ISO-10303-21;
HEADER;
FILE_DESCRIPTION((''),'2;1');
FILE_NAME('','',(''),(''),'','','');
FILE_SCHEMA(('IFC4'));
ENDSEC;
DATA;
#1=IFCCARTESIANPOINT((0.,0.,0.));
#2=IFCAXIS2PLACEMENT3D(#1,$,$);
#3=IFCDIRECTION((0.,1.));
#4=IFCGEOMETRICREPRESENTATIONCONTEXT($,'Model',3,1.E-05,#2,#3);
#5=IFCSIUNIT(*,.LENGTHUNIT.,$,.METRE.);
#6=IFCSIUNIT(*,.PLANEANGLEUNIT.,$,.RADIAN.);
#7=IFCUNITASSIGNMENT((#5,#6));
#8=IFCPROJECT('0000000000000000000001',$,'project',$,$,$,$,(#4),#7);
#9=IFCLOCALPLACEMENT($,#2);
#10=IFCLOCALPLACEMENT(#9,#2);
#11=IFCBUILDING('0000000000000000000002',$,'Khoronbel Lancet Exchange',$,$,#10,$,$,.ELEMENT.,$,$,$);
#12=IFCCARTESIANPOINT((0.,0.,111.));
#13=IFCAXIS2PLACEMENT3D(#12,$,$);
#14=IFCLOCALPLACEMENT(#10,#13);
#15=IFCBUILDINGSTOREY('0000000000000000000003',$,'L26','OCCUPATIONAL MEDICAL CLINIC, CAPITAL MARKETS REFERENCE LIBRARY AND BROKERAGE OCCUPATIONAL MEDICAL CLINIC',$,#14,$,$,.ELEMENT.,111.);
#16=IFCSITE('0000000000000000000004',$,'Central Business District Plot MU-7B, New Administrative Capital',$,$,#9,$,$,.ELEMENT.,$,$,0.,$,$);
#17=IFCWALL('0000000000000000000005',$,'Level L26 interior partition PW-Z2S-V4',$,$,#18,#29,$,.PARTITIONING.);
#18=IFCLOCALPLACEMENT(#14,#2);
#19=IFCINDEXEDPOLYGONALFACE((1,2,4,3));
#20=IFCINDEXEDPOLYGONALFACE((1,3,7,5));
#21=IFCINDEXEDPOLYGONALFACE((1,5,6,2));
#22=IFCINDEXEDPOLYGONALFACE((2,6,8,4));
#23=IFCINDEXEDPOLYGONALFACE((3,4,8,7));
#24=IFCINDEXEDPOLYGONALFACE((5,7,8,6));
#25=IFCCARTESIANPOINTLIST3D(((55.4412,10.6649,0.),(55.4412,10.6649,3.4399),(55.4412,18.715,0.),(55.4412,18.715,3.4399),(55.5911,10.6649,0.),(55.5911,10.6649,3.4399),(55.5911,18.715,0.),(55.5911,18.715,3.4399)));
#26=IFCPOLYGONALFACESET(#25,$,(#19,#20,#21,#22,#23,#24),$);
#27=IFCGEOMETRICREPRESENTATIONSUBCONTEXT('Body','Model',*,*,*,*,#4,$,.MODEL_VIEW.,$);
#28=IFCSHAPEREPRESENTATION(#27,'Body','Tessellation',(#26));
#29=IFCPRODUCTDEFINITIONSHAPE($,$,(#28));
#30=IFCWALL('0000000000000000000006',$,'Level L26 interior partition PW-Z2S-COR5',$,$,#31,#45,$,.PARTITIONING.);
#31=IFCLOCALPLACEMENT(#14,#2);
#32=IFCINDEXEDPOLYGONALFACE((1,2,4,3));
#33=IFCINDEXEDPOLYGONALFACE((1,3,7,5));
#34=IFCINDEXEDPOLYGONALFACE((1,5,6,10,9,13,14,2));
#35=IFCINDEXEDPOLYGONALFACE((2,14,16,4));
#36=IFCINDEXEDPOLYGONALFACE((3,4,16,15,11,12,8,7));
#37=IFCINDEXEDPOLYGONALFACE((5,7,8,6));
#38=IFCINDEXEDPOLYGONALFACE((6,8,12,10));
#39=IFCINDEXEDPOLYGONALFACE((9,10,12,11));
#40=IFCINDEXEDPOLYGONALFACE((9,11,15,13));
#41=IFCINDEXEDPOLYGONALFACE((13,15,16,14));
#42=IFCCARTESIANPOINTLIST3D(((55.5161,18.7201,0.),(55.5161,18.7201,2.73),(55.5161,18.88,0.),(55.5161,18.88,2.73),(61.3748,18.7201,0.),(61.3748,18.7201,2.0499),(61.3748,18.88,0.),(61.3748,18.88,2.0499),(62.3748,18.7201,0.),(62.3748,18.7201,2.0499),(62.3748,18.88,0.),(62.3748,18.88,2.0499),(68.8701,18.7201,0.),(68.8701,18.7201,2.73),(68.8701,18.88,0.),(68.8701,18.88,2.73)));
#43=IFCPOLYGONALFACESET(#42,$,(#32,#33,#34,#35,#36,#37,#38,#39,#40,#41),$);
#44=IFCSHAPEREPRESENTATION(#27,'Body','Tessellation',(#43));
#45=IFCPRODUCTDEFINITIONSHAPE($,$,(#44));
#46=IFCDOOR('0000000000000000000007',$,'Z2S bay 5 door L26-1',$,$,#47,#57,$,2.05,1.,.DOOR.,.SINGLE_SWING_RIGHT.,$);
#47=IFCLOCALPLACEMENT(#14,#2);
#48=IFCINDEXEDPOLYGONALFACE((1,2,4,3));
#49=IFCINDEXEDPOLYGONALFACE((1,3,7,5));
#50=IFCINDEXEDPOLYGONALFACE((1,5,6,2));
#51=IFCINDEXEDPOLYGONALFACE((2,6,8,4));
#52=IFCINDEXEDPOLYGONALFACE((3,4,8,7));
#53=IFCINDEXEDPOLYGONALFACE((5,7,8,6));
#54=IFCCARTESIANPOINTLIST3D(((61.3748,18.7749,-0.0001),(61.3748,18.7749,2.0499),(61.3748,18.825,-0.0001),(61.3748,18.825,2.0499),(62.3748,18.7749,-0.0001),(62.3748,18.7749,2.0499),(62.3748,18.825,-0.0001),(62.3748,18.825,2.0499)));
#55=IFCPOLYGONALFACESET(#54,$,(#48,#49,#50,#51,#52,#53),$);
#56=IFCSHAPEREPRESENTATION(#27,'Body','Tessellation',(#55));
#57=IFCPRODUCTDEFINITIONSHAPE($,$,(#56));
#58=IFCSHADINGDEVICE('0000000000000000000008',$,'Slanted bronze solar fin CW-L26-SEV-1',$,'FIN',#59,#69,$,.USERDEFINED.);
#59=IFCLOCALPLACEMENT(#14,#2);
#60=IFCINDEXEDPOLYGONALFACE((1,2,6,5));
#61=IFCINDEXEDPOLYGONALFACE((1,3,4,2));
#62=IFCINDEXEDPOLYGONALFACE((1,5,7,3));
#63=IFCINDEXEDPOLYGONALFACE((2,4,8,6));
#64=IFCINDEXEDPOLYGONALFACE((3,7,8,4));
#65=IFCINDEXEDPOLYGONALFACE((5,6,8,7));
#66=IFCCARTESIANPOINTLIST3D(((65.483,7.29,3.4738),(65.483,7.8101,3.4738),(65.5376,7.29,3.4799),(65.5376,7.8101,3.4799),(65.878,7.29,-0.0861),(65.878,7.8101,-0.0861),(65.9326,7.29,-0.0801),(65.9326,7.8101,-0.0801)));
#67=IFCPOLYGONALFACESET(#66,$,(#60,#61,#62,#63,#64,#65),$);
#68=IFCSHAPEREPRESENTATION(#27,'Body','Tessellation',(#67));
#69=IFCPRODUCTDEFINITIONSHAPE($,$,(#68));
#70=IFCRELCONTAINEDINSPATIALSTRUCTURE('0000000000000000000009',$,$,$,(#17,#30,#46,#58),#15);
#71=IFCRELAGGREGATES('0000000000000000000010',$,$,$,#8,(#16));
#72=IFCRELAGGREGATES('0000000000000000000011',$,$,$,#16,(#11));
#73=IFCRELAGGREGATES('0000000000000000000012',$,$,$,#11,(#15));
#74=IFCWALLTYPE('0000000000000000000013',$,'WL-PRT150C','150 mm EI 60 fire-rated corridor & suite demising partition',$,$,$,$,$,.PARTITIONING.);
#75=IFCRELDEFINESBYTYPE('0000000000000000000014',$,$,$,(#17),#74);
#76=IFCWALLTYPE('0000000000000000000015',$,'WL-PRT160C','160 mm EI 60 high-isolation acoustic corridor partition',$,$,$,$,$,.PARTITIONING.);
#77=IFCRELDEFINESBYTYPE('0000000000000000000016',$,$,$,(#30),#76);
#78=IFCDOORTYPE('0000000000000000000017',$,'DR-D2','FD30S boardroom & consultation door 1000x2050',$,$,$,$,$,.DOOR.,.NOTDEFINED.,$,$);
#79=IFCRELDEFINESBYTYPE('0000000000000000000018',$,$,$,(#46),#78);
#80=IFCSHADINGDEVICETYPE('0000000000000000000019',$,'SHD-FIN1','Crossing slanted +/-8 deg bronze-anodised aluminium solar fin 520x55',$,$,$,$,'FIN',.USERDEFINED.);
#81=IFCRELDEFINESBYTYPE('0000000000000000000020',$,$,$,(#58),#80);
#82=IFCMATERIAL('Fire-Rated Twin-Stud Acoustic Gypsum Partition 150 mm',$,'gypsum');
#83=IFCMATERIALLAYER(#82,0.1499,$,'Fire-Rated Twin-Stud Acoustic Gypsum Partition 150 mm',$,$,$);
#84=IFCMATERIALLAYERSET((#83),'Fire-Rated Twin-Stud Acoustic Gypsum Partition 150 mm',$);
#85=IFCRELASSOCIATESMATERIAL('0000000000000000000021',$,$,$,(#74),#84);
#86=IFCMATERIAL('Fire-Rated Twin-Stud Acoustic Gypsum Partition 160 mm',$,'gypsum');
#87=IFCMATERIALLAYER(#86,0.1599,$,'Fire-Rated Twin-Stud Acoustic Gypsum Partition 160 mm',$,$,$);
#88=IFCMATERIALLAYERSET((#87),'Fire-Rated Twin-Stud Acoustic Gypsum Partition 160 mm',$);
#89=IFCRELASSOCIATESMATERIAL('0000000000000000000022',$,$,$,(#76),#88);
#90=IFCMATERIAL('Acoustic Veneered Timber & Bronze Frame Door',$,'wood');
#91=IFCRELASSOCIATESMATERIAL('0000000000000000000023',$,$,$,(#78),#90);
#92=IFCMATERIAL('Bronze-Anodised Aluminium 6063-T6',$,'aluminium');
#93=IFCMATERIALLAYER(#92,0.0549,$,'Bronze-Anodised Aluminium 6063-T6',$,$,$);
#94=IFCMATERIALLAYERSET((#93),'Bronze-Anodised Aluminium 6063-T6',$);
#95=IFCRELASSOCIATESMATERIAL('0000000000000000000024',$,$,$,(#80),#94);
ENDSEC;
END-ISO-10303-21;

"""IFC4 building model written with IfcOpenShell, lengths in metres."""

from ifc_helpers import new_model, si_unit, direction, frame, frame_2d, origin, place, context, subcontext, project, spatial, polyline, rectangle, outline, extrude, material, layer, layer_set, type_object, element, fill, save


model = new_model("IFC4")

# Units and contexts
model_context = context("Model", 3, precision=1e-05, world=origin(), true_north=direction((0.0, 1.0)))
body_context = subcontext(model_context, "Body", "Model", "MODEL_VIEW")
ifc_project = project(units=[si_unit("LENGTHUNIT", "METRE"), si_unit("PLANEANGLEUNIT", "RADIAN")], contexts=[model_context])

# Site, building, storey
site_placement = place(None, origin())
site = spatial("IfcSite", under=ifc_project, at=site_placement, Name="Central Business District Plot MU-7B, New Administrative Capital", CompositionType="ELEMENT", RefElevation=0.0)
building_placement = place(site_placement, origin())
building = spatial("IfcBuilding", under=site, at=building_placement, Name="Khoronbel Lancet Exchange", CompositionType="ELEMENT")
storey_placement = place(building_placement, frame((0.0, 0.0, 111.0)))
storey = spatial("IfcBuildingStorey", under=building, at=storey_placement, Name="L26", Description="OCCUPATIONAL MEDICAL CLINIC, CAPITAL MARKETS REFERENCE LIBRARY AND BROKERAGE OCCUPATIONAL MEDICAL CLINIC", CompositionType="ELEMENT", Elevation=111.0)

# Shared definitions
ifc_material_1 = material(Name="Bronze-Anodised Aluminium 6063-T6", Category="aluminium")

# Wall
ifc_material_2 = material(Name="Fire-Rated Twin-Stud Acoustic Gypsum Partition 150 mm", Category="gypsum")
ifc_layer_1 = layer(ifc_material_2, 0.1499, Name="Fire-Rated Twin-Stud Acoustic Gypsum Partition 150 mm")
ifc_layer_set_1 = layer_set([ifc_layer_1], Name="Fire-Rated Twin-Stud Acoustic Gypsum Partition 150 mm")
wall_type_1 = type_object("IfcWallType", Name="WL-PRT150C", Description="150 mm EI 60 fire-rated corridor & suite demising partition", PredefinedType="PARTITIONING", material=ifc_layer_set_1)
wall_1_placement = place(storey_placement, frame((55.5161, 10.665, 0.0), z_axis=(0.0, 0.0, 1.0), x_axis=(0.0, 1.0, 0.0)))
element("IfcWall", 1, at=wall_1_placement, inside=storey, type_object=wall_type_1, Name="Level L26 interior partition PW-Z2S-V4", PredefinedType="PARTITIONING", context=body_context, shape_type="SweptSolid", body=[
    extrude(rectangle(XDim=8.05, YDim=0.1499, at=frame_2d((4.0249, 0.0))), origin(), (0.0, 0.0, 1.0), 3.4399),
])

# Wall, opening, door
ifc_material_3 = material(Name="Fire-Rated Twin-Stud Acoustic Gypsum Partition 160 mm", Category="gypsum")
ifc_layer_2 = layer(ifc_material_3, 0.1599, Name="Fire-Rated Twin-Stud Acoustic Gypsum Partition 160 mm")
ifc_layer_set_2 = layer_set([ifc_layer_2], Name="Fire-Rated Twin-Stud Acoustic Gypsum Partition 160 mm")
wall_type_2 = type_object("IfcWallType", Name="WL-PRT160C", Description="160 mm EI 60 high-isolation acoustic corridor partition", PredefinedType="PARTITIONING", material=ifc_layer_set_2)
wall_2_placement = place(storey_placement, frame((55.5161, 18.8, 0.0), z_axis=(0.0, 0.0, 1.0), x_axis=(1.0, 0.0, 0.0)))
wall_2 = element("IfcWall", 2, at=wall_2_placement, inside=storey, type_object=wall_type_2, Name="Level L26 interior partition PW-Z2S-COR5", PredefinedType="PARTITIONING", context=body_context, shape_type="SweptSolid", body=[
    extrude(rectangle(XDim=13.354, YDim=0.1599, at=frame_2d((6.677, 0.0))), origin(), (0.0, 0.0, 1.0), 2.73),
])
opening_placement = place(wall_2_placement, frame((5.8586, 0.0, 0.0)))
opening = element("IfcOpeningElement", 3, at=opening_placement, cuts=wall_2, PredefinedType="OPENING", context=body_context, shape_type="SweptSolid", body=[
    extrude(rectangle(XDim=1.0, YDim=2.05, at=frame_2d((0.5, 1.0249))), frame((0.0, 0.0898, 0.0), z_axis=(0.0, -1.0, 0.0), x_axis=(1.0, 0.0, 0.0)), (0.0, 0.0, 1.0), 0.1799),
])
ifc_material_4 = material(Name="Acoustic Veneered Timber & Bronze Frame Door", Category="wood")
door_type = type_object("IfcDoorType", Name="DR-D2", Description="FD30S boardroom & consultation door 1000x2050", OperationType="NOTDEFINED", PredefinedType="DOOR", material=ifc_material_4)
door_placement = place(opening_placement, origin())
door = element("IfcDoor", 4, at=door_placement, inside=storey, type_object=door_type, Name="Z2S bay 5 door L26-1", OperationType="SINGLE_SWING_RIGHT", OverallHeight=2.05, OverallWidth=1.0, PredefinedType="DOOR", context=body_context, shape_type="SweptSolid", body=[
    extrude(rectangle(XDim=1.0, YDim=2.05, at=frame_2d((0.5, 1.0249))), frame((0.0, 0.0249, 0.0), z_axis=(0.0, -1.0, 0.0), x_axis=(1.0, 0.0, 0.0)), (0.0, 0.0, 1.0), 0.05),
])
fill(opening, door)

# Shading device
ifc_layer_3 = layer(ifc_material_1, 0.0549, Name="Bronze-Anodised Aluminium 6063-T6")
ifc_layer_set_3 = layer_set([ifc_layer_3], Name="Bronze-Anodised Aluminium 6063-T6")
shading_device_type = type_object("IfcShadingDeviceType", Name="SHD-FIN1", Description="Crossing slanted +/-8 deg bronze-anodised aluminium solar fin 520x55", ElementType="FIN", PredefinedType="USERDEFINED", material=ifc_layer_set_3)
shading_device_placement = place(storey_placement, frame((65.9326, 7.8101, -0.0801), z_axis=(0.9939, 0.0, 0.110282), x_axis=(0.0, -1.0, 0.0)))
element("IfcShadingDevice", 5, at=shading_device_placement, inside=storey, type_object=shading_device_type, Name="Slanted bronze solar fin CW-L26-SEV-1", ObjectType="FIN", PredefinedType="USERDEFINED", context=body_context, shape_type="SweptSolid", body=[
    extrude(outline(polyline([(0.0, 0.0), (0.52, 0.0), (0.52, -3.5818), (0.0, -3.5818), (0.0, 0.0)])), origin(), (0.0, 0.0, -1.0), 0.0549),
])

save(model, "model.ifc")
